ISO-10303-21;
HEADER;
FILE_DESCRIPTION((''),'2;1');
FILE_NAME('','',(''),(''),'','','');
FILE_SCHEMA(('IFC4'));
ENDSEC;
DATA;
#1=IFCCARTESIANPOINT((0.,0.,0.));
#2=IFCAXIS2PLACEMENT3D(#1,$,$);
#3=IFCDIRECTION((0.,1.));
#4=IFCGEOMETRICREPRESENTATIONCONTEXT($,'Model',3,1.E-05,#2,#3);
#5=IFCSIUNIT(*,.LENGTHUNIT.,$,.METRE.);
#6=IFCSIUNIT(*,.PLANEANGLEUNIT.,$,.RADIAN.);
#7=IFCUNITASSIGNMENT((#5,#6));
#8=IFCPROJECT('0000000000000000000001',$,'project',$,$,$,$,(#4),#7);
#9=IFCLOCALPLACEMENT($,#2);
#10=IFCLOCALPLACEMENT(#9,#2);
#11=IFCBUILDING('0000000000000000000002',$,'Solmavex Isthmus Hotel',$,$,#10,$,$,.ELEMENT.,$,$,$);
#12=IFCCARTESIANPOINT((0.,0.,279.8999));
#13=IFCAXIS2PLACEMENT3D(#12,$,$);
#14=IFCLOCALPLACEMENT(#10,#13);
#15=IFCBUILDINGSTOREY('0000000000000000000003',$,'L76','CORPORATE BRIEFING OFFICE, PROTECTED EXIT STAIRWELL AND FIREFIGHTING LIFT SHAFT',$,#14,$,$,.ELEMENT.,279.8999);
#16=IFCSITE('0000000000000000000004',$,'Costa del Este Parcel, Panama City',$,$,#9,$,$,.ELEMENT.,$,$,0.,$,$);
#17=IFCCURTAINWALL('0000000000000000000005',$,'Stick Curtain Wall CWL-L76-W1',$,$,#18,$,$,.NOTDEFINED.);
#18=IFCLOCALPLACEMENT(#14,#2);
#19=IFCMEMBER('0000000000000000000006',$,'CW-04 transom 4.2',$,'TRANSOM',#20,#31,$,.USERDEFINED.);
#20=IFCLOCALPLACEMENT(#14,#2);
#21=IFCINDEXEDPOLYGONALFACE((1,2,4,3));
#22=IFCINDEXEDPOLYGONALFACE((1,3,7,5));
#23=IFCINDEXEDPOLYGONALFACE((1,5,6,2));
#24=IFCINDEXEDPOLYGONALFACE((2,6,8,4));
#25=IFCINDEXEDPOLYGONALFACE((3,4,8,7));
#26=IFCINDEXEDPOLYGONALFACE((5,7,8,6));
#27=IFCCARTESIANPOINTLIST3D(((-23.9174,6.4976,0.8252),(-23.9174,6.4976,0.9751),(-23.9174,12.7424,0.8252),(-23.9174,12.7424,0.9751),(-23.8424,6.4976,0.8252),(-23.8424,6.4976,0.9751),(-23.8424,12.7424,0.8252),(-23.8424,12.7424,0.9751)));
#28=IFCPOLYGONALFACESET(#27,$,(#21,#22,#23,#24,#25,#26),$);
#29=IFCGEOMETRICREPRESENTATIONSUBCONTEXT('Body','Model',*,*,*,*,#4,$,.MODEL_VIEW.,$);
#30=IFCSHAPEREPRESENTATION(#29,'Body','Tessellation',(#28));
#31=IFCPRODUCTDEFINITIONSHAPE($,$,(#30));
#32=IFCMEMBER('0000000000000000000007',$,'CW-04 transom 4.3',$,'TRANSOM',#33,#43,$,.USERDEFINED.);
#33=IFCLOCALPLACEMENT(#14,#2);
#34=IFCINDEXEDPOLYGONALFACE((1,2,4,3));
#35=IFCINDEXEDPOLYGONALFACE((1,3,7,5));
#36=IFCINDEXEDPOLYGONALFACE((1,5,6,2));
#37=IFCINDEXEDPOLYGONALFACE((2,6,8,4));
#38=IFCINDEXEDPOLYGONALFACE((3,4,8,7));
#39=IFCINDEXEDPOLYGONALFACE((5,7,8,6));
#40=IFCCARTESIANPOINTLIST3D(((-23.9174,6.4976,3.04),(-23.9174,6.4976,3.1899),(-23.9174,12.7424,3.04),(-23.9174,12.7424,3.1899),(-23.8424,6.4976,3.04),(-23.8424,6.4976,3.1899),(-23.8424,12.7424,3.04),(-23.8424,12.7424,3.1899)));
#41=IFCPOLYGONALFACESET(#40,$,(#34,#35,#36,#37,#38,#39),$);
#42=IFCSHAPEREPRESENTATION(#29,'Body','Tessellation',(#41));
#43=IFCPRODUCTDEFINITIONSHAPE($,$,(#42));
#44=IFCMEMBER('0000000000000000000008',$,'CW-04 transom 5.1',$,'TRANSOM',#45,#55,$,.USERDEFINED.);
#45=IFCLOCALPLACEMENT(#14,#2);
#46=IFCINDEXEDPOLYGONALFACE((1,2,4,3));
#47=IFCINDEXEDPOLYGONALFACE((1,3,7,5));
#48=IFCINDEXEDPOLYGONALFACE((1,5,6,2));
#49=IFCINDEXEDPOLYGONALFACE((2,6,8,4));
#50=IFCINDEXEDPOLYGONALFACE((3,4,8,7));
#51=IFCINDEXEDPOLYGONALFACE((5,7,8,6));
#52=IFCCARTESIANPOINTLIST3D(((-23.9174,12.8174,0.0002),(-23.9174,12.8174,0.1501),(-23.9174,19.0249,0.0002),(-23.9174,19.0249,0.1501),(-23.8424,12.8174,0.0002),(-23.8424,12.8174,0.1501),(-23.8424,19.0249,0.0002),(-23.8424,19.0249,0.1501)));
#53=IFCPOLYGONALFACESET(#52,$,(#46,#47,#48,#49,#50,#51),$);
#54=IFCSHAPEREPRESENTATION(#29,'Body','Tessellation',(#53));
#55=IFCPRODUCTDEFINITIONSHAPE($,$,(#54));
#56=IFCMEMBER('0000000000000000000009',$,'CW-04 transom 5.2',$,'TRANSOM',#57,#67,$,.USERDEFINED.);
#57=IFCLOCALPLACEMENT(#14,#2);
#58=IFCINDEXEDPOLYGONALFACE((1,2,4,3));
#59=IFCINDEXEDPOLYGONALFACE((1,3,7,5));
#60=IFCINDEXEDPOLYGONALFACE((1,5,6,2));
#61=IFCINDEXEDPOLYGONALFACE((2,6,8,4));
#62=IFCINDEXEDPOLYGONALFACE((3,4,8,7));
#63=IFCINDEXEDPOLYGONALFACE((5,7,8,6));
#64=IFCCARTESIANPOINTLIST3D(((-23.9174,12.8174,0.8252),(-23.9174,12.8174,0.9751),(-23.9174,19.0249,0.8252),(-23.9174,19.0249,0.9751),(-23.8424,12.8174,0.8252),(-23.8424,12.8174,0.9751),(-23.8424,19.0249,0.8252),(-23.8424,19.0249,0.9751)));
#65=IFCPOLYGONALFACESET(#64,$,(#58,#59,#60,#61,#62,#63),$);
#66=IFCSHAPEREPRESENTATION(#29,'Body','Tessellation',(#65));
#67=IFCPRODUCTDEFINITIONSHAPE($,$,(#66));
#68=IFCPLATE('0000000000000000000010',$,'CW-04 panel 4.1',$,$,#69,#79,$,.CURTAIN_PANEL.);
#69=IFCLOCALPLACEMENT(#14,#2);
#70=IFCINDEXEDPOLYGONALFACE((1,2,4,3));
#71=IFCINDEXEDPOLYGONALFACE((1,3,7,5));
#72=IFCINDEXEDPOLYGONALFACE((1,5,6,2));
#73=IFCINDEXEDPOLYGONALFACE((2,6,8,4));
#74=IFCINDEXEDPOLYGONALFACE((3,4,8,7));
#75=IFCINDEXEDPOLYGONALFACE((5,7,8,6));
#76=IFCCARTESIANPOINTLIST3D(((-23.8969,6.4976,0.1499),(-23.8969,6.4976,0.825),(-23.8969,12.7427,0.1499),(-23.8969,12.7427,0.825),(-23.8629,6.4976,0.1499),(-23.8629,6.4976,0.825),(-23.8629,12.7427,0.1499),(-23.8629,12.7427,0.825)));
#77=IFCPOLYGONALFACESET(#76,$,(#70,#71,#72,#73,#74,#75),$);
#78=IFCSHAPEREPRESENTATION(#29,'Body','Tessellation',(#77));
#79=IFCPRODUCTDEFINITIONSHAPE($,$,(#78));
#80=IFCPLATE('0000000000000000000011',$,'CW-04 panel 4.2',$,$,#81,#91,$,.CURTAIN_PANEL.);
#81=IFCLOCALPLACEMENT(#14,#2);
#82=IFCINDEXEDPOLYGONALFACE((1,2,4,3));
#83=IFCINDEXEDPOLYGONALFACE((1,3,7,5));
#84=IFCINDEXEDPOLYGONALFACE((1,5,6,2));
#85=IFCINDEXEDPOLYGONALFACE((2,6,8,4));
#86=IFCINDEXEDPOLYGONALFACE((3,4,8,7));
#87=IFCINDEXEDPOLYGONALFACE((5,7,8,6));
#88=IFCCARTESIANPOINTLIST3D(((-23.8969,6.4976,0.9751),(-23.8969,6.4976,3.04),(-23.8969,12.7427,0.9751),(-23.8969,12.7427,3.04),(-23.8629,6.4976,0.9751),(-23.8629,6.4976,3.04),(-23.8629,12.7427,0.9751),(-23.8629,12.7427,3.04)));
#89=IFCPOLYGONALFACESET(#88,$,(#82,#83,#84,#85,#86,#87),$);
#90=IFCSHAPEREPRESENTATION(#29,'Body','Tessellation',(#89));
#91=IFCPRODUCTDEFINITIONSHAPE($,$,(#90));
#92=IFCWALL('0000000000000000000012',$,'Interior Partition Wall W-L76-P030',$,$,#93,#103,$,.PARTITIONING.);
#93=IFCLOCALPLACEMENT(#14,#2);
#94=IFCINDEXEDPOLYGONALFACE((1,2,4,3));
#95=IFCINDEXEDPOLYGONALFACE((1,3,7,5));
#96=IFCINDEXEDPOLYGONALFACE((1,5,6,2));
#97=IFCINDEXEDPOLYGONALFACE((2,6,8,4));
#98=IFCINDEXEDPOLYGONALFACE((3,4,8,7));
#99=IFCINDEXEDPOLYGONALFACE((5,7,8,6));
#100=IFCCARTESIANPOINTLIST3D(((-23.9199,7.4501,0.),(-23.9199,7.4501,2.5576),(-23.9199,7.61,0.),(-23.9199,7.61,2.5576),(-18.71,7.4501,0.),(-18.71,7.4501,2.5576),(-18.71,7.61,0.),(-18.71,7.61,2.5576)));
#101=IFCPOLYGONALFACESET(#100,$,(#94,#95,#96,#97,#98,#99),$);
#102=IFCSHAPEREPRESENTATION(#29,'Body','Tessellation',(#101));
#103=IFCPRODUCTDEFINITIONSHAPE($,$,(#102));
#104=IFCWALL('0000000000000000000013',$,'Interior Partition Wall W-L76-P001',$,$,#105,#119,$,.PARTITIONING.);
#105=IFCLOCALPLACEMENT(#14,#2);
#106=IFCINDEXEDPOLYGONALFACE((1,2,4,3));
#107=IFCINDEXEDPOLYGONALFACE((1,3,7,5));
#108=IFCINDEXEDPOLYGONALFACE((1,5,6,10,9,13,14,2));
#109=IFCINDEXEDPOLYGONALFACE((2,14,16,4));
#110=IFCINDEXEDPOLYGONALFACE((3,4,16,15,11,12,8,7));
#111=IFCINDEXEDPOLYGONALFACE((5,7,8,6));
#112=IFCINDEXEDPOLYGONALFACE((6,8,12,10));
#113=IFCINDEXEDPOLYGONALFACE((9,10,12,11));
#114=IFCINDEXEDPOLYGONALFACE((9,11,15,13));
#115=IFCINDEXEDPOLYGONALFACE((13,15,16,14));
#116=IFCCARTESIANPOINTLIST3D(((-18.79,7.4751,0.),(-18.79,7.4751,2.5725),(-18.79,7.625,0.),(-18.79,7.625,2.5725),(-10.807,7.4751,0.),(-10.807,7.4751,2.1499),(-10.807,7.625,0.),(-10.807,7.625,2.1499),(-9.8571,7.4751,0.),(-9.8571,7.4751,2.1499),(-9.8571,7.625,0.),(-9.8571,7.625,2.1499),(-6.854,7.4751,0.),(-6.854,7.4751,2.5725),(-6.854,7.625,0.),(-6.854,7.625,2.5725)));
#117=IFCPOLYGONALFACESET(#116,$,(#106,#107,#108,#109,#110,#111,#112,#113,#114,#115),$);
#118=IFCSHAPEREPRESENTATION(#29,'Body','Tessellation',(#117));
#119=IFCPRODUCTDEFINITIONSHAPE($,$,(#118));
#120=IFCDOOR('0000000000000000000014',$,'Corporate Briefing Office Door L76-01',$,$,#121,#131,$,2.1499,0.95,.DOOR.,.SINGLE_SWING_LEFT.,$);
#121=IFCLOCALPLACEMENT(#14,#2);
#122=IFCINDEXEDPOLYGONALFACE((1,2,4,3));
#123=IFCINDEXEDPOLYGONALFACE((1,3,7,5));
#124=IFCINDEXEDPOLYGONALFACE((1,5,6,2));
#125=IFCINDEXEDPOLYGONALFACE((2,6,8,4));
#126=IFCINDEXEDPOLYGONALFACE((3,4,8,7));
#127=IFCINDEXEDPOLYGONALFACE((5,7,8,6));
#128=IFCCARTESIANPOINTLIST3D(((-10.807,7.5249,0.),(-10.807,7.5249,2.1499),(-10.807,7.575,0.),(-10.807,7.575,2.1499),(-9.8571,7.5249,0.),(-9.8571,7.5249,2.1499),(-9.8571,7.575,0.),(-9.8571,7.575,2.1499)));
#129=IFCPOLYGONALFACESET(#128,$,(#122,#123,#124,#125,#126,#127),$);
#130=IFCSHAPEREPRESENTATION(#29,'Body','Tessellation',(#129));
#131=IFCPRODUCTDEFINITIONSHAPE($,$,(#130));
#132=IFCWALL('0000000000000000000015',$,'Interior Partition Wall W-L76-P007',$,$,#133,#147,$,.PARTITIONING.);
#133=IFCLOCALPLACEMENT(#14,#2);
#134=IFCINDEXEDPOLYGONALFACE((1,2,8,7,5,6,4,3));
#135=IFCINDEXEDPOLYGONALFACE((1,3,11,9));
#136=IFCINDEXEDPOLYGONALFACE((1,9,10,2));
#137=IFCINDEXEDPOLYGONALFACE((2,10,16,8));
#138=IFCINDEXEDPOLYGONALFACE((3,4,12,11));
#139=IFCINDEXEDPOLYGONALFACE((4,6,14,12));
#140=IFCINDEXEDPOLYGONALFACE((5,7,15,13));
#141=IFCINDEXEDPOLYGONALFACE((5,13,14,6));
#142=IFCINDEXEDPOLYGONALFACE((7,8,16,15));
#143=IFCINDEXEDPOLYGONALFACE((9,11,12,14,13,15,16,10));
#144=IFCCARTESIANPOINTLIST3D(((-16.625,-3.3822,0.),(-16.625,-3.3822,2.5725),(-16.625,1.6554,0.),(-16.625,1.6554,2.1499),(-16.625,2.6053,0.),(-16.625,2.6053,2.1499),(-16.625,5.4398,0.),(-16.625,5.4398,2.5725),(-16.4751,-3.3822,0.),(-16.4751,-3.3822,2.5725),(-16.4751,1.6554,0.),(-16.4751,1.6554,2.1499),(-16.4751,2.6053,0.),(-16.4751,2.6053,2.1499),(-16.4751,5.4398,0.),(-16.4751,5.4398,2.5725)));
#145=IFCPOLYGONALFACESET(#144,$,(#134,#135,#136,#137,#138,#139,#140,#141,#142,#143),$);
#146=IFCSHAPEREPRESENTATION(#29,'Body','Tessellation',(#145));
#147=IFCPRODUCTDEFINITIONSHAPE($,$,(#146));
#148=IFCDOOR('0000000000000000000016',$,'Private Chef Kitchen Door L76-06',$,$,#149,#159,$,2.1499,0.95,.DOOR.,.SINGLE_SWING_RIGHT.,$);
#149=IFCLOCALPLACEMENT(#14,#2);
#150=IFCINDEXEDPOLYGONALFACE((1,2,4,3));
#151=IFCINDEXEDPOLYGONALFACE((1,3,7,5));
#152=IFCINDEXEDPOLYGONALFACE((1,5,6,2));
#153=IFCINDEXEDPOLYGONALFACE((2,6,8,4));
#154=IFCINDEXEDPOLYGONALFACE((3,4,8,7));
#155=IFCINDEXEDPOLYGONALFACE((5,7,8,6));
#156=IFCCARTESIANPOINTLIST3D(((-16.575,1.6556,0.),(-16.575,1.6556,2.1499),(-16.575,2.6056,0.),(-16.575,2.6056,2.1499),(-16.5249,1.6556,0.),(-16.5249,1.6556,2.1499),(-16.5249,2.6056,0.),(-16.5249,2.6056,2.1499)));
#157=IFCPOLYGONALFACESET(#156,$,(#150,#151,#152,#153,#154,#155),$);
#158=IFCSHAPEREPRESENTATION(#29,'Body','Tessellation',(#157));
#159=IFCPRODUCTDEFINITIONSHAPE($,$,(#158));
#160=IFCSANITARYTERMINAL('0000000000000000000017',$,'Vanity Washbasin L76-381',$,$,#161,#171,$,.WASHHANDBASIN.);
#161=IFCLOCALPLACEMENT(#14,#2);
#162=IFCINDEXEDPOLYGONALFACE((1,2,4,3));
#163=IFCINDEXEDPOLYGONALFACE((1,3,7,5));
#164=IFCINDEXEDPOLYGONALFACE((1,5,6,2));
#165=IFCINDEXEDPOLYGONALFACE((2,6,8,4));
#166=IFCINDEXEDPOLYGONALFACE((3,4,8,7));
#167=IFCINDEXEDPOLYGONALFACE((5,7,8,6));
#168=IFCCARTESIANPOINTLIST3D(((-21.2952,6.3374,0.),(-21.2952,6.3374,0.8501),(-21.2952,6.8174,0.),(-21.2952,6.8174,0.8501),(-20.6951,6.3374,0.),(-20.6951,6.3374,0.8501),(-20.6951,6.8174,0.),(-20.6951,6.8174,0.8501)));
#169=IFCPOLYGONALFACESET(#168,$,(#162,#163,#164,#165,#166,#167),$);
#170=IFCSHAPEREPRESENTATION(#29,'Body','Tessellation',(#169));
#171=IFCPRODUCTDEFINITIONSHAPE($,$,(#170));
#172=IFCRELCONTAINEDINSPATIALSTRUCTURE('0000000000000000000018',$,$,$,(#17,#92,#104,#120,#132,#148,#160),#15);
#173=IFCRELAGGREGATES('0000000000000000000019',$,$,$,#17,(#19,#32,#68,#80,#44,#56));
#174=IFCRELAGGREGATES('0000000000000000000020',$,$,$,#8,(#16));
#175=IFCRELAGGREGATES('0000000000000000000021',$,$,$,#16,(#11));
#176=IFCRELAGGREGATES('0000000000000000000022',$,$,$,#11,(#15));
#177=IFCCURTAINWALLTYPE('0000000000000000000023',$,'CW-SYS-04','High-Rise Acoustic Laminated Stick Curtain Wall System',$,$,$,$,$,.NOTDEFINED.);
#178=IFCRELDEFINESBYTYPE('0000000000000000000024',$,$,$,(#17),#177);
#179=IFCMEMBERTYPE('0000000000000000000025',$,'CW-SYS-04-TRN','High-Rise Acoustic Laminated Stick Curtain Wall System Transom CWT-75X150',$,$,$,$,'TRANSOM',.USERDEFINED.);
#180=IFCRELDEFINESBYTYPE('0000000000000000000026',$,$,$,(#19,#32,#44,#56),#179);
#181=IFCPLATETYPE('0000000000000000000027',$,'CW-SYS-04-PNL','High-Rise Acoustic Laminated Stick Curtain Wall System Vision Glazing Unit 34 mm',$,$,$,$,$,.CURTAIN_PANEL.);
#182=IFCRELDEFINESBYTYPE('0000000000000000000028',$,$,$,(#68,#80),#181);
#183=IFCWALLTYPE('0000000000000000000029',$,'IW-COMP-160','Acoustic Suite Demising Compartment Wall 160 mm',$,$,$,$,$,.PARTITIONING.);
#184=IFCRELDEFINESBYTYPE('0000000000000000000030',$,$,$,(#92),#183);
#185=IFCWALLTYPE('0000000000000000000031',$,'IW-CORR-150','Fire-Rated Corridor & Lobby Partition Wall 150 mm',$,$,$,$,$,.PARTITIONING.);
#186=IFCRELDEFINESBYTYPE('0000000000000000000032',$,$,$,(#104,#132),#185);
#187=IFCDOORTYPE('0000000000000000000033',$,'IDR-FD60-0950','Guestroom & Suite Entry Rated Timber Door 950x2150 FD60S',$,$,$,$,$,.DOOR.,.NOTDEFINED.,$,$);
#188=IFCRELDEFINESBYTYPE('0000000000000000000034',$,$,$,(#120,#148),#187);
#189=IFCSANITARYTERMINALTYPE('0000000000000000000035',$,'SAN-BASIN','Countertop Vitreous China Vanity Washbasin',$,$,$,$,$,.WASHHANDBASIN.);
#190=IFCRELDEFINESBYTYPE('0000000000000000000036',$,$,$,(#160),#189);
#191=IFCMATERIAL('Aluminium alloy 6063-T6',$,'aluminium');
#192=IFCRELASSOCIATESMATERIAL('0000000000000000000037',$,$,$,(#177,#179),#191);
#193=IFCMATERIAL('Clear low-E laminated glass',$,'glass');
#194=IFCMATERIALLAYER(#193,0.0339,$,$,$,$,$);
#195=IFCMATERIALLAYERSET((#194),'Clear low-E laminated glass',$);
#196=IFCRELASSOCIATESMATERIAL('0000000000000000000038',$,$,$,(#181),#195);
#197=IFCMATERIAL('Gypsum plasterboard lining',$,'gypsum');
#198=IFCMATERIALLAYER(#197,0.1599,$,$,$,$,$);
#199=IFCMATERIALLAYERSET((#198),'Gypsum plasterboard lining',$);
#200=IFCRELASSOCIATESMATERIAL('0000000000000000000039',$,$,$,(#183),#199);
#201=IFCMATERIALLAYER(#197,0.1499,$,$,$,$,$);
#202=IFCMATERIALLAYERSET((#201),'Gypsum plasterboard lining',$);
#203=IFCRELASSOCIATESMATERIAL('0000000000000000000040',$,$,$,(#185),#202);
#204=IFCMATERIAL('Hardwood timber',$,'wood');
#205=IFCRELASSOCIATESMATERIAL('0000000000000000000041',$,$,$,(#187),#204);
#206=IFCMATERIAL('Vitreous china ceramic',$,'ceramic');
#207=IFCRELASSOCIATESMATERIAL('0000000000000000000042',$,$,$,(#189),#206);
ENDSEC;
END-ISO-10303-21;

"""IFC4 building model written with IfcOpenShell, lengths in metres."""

from ifc_helpers import new_model, si_unit, direction, frame, frame_2d, origin, origin_2d, place, context, subcontext, project, spatial, rectangle, extrude, material, layer, layer_set, material_profile, profile_set, type_object, element, fill, aggregate, save


model = new_model("IFC4")

# Units and contexts
model_context = context("Model", 3, precision=1e-05, world=origin(), true_north=direction((0.0, 1.0)))
body_context = subcontext(model_context, "Body", "Model", "MODEL_VIEW")
ifc_project = project(units=[si_unit("LENGTHUNIT", "METRE"), si_unit("PLANEANGLEUNIT", "RADIAN")], contexts=[model_context])

# Site, building, storey
site_placement = place(None, origin())
site = spatial("IfcSite", under=ifc_project, at=site_placement, Name="Costa del Este Parcel, Panama City", CompositionType="ELEMENT", RefElevation=0.0)
building_placement = place(site_placement, origin())
building = spatial("IfcBuilding", under=site, at=building_placement, Name="Solmavex Isthmus Hotel", CompositionType="ELEMENT")
storey_placement = place(building_placement, frame((0.0, 0.0, 279.8999)))
storey = spatial("IfcBuildingStorey", under=building, at=storey_placement, Name="L76", Description="CORPORATE BRIEFING OFFICE, PROTECTED EXIT STAIRWELL AND FIREFIGHTING LIFT SHAFT", CompositionType="ELEMENT", Elevation=279.8999)

# Curtain wall, members, plates
ifc_material_1 = material(Name="Aluminium alloy 6063-T6", Category="aluminium")
curtain_wall_type = type_object("IfcCurtainWallType", Name="CW-SYS-04", Description="High-Rise Acoustic Laminated Stick Curtain Wall System", PredefinedType="NOTDEFINED", material=ifc_material_1)
curtain_wall_placement = place(storey_placement, origin())
curtain_wall = element("IfcCurtainWall", 1, at=curtain_wall_placement, inside=storey, type_object=curtain_wall_type, Name="Stick Curtain Wall CWL-L76-W1", PredefinedType="NOTDEFINED")
ifc_material_profile_1 = material_profile(ifc_material_1, rectangle(XDim=0.075, YDim=0.1499, at=origin_2d()), Name="CWT-75X150")
ifc_profile_set_1 = profile_set([ifc_material_profile_1], Name="Aluminium alloy 6063-T6")
member_type_1 = type_object("IfcMemberType", Name="CW-SYS-04-TRN", Description="High-Rise Acoustic Laminated Stick Curtain Wall System Transom CWT-75X150", ElementType="TRANSOM", PredefinedType="USERDEFINED", material=ifc_profile_set_1)
member_1_placement = place(storey_placement, frame((-23.8799, 6.4976, 0.9001), z_axis=(0.0, 1.0, 0.0), x_axis=(-1.0, 0.0, 0.0)))
member_1 = element("IfcMember", 2, at=member_1_placement, type_object=member_type_1, Name="CW-04 transom 4.2", ObjectType="TRANSOM", PredefinedType="USERDEFINED", context=body_context, shape_type="SweptSolid", body=[
    extrude(rectangle(XDim=0.075, YDim=0.1499, at=origin_2d()), origin(), (0.0, 0.0, 1.0), 6.2449),
])
member_2_placement = place(storey_placement, frame((-23.8799, 6.4976, 3.115), z_axis=(0.0, 1.0, 0.0), x_axis=(-1.0, 0.0, 0.0)))
member_2 = element("IfcMember", 3, at=member_2_placement, type_object=member_type_1, Name="CW-04 transom 4.3", ObjectType="TRANSOM", PredefinedType="USERDEFINED", context=body_context, shape_type="SweptSolid", body=[
    extrude(rectangle(XDim=0.075, YDim=0.1499, at=origin_2d()), origin(), (0.0, 0.0, 1.0), 6.2449),
])
member_3_placement = place(storey_placement, frame((-23.8799, 12.8174, 0.0752), z_axis=(0.0, 1.0, 0.0), x_axis=(-1.0, 0.0, 0.0)))
member_3 = element("IfcMember", 4, at=member_3_placement, type_object=member_type_1, Name="CW-04 transom 5.1", ObjectType="TRANSOM", PredefinedType="USERDEFINED", context=body_context, shape_type="SweptSolid", body=[
    extrude(rectangle(XDim=0.075, YDim=0.1499, at=origin_2d()), origin(), (0.0, 0.0, 1.0), 6.2075),
])
member_4_placement = place(storey_placement, frame((-23.8799, 12.8174, 0.9001), z_axis=(0.0, 1.0, 0.0), x_axis=(-1.0, 0.0, 0.0)))
member_4 = element("IfcMember", 5, at=member_4_placement, type_object=member_type_1, Name="CW-04 transom 5.2", ObjectType="TRANSOM", PredefinedType="USERDEFINED", context=body_context, shape_type="SweptSolid", body=[
    extrude(rectangle(XDim=0.075, YDim=0.1499, at=origin_2d()), origin(), (0.0, 0.0, 1.0), 6.2075),
])
ifc_material_2 = material(Name="Clear low-E laminated glass", Category="glass")
ifc_layer_1 = layer(ifc_material_2, 0.0339)
ifc_layer_set_1 = layer_set([ifc_layer_1], Name="Clear low-E laminated glass")
plate_type = type_object("IfcPlateType", Name="CW-SYS-04-PNL", Description="High-Rise Acoustic Laminated Stick Curtain Wall System Vision Glazing Unit 34 mm", PredefinedType="CURTAIN_PANEL", material=ifc_layer_set_1)
plate_1_placement = place(storey_placement, frame((-23.8799, 9.6201, 0.1499), z_axis=(0.0, 0.0, 1.0), x_axis=(0.0, 1.0, 0.0)))
plate_1 = element("IfcPlate", 6, at=plate_1_placement, type_object=plate_type, Name="CW-04 panel 4.1", PredefinedType="CURTAIN_PANEL", context=body_context, shape_type="SweptSolid", body=[
    extrude(rectangle(XDim=6.2451, YDim=0.0339, at=origin_2d()), origin(), (0.0, 0.0, 1.0), 0.675),
])
plate_2_placement = place(storey_placement, frame((-23.8799, 9.6201, 0.9751), z_axis=(0.0, 0.0, 1.0), x_axis=(0.0, 1.0, 0.0)))
plate_2 = element("IfcPlate", 7, at=plate_2_placement, type_object=plate_type, Name="CW-04 panel 4.2", PredefinedType="CURTAIN_PANEL", context=body_context, shape_type="SweptSolid", body=[
    extrude(rectangle(XDim=6.2451, YDim=0.0339, at=origin_2d()), origin(), (0.0, 0.0, 1.0), 2.0649),
])
aggregate(curtain_wall, [member_1, member_2, plate_1, plate_2, member_3, member_4])

# Wall
ifc_material_3 = material(Name="Gypsum plasterboard lining", Category="gypsum")
ifc_layer_2 = layer(ifc_material_3, 0.1599)
ifc_layer_set_2 = layer_set([ifc_layer_2], Name="Gypsum plasterboard lining")
wall_type_1 = type_object("IfcWallType", Name="IW-COMP-160", Description="Acoustic Suite Demising Compartment Wall 160 mm", PredefinedType="PARTITIONING", material=ifc_layer_set_2)
wall_1_placement = place(storey_placement, frame((-18.71, 7.53, 0.0), z_axis=(0.0, 0.0, 1.0), x_axis=(-1.0, 0.0, 0.0)))
element("IfcWall", 8, at=wall_1_placement, inside=storey, type_object=wall_type_1, Name="Interior Partition Wall W-L76-P030", PredefinedType="PARTITIONING", context=body_context, shape_type="SweptSolid", body=[
    extrude(rectangle(XDim=5.21, YDim=0.1599, at=frame_2d((2.605, 0.0))), origin(), (0.0, 0.0, 1.0), 2.5576),
])

# Walls, openings, doors
ifc_layer_3 = layer(ifc_material_3, 0.1499)
ifc_layer_set_3 = layer_set([ifc_layer_3], Name="Gypsum plasterboard lining")
wall_type_2 = type_object("IfcWallType", Name="IW-CORR-150", Description="Fire-Rated Corridor & Lobby Partition Wall 150 mm", PredefinedType="PARTITIONING", material=ifc_layer_set_3)
wall_2_placement = place(storey_placement, frame((-18.79, 7.55, 0.0), z_axis=(0.0, 0.0, 1.0), x_axis=(1.0, 0.0, 0.0)))
wall_2 = element("IfcWall", 9, at=wall_2_placement, inside=storey, type_object=wall_type_2, Name="Interior Partition Wall W-L76-P001", PredefinedType="PARTITIONING", context=body_context, shape_type="SweptSolid", body=[
    extrude(rectangle(XDim=11.936, YDim=0.1499, at=frame_2d((5.968, 0.0))), origin(), (0.0, 0.0, 1.0), 2.5725),
])
opening_1_placement = place(wall_2_placement, frame((7.9829, 0.0, 0.0)))
opening_1 = element("IfcOpeningElement", 10, at=opening_1_placement, cuts=wall_2, PredefinedType="OPENING", context=body_context, shape_type="SweptSolid", body=[
    extrude(rectangle(XDim=0.95, YDim=2.1499, at=frame_2d((0.4751, 1.075))), frame((0.0, 0.085, 0.0), z_axis=(0.0, -1.0, 0.0), x_axis=(1.0, 0.0, 0.0)), (0.0, 0.0, 1.0), 0.1699),
])
ifc_material_4 = material(Name="Hardwood timber", Category="wood")
door_type = type_object("IfcDoorType", Name="IDR-FD60-0950", Description="Guestroom & Suite Entry Rated Timber Door 950x2150 FD60S", OperationType="NOTDEFINED", PredefinedType="DOOR", material=ifc_material_4)
door_1_placement = place(opening_1_placement, origin())
door_1 = element("IfcDoor", 11, at=door_1_placement, inside=storey, type_object=door_type, Name="Corporate Briefing Office Door L76-01", OperationType="SINGLE_SWING_LEFT", OverallHeight=2.1499, OverallWidth=0.95, PredefinedType="DOOR", context=body_context, shape_type="SweptSolid", body=[
    extrude(rectangle(XDim=0.95, YDim=2.1499, at=frame_2d((0.4751, 1.075))), frame((0.0, 0.0249, 0.0), z_axis=(0.0, -1.0, 0.0), x_axis=(1.0, 0.0, 0.0)), (0.0, 0.0, 1.0), 0.05),
])
fill(opening_1, door_1)
wall_3_placement = place(storey_placement, frame((-16.55, 5.4399, 0.0), z_axis=(0.0, 0.0, 1.0), x_axis=(0.0, -1.0, 0.0)))
wall_3 = element("IfcWall", 12, at=wall_3_placement, inside=storey, type_object=wall_type_2, Name="Interior Partition Wall W-L76-P007", PredefinedType="PARTITIONING", context=body_context, shape_type="SweptSolid", body=[
    extrude(rectangle(XDim=8.822, YDim=0.1499, at=frame_2d((4.4111, 0.0))), origin(), (0.0, 0.0, 1.0), 2.5725),
])
opening_2_placement = place(wall_3_placement, frame((2.8345, 0.0, 0.0)))
opening_2 = element("IfcOpeningElement", 13, at=opening_2_placement, cuts=wall_3, PredefinedType="OPENING", context=body_context, shape_type="SweptSolid", body=[
    extrude(rectangle(XDim=0.95, YDim=2.1499, at=frame_2d((0.4751, 1.075))), frame((0.0, 0.085, 0.0), z_axis=(0.0, -1.0, 0.0), x_axis=(1.0, 0.0, 0.0)), (0.0, 0.0, 1.0), 0.1699),
])
door_2_placement = place(opening_2_placement, frame((0.95, 0.0, 0.0), z_axis=(0.0, 0.0, 1.0), x_axis=(-1.0, 0.0, 0.0)))
door_2 = element("IfcDoor", 14, at=door_2_placement, inside=storey, type_object=door_type, Name="Private Chef Kitchen Door L76-06", OperationType="SINGLE_SWING_RIGHT", OverallHeight=2.1499, OverallWidth=0.95, PredefinedType="DOOR", context=body_context, shape_type="SweptSolid", body=[
    extrude(rectangle(XDim=0.95, YDim=2.1499, at=frame_2d((0.4751, 1.075))), frame((0.0, 0.0249, 0.0), z_axis=(0.0, -1.0, 0.0), x_axis=(1.0, 0.0, 0.0)), (0.0, 0.0, 1.0), 0.05),
])
fill(opening_2, door_2)

# Sanitary terminal
ifc_material_5 = material(Name="Vitreous china ceramic", Category="ceramic")
sanitary_terminal_type_1 = type_object("IfcSanitaryTerminalType", Name="SAN-BASIN", Description="Countertop Vitreous China Vanity Washbasin", PredefinedType="WASHHANDBASIN", material=ifc_material_5)
sanitary_terminal_1_placement = place(storey_placement, frame((-20.9951, 6.5774, 0.0), z_axis=(0.0, 0.0, 1.0), x_axis=(1.0, 0.0, 0.0)))
element("IfcSanitaryTerminal", 15, at=sanitary_terminal_1_placement, inside=storey, type_object=sanitary_terminal_type_1, Name="Vanity Washbasin L76-381", PredefinedType="WASHHANDBASIN", context=body_context, shape_type="SweptSolid", body=[
    extrude(rectangle(XDim=0.6001, YDim=0.48, at=origin_2d()), origin(), (0.0, 0.0, 1.0), 0.8501),
])

save(model, "model.ifc")
